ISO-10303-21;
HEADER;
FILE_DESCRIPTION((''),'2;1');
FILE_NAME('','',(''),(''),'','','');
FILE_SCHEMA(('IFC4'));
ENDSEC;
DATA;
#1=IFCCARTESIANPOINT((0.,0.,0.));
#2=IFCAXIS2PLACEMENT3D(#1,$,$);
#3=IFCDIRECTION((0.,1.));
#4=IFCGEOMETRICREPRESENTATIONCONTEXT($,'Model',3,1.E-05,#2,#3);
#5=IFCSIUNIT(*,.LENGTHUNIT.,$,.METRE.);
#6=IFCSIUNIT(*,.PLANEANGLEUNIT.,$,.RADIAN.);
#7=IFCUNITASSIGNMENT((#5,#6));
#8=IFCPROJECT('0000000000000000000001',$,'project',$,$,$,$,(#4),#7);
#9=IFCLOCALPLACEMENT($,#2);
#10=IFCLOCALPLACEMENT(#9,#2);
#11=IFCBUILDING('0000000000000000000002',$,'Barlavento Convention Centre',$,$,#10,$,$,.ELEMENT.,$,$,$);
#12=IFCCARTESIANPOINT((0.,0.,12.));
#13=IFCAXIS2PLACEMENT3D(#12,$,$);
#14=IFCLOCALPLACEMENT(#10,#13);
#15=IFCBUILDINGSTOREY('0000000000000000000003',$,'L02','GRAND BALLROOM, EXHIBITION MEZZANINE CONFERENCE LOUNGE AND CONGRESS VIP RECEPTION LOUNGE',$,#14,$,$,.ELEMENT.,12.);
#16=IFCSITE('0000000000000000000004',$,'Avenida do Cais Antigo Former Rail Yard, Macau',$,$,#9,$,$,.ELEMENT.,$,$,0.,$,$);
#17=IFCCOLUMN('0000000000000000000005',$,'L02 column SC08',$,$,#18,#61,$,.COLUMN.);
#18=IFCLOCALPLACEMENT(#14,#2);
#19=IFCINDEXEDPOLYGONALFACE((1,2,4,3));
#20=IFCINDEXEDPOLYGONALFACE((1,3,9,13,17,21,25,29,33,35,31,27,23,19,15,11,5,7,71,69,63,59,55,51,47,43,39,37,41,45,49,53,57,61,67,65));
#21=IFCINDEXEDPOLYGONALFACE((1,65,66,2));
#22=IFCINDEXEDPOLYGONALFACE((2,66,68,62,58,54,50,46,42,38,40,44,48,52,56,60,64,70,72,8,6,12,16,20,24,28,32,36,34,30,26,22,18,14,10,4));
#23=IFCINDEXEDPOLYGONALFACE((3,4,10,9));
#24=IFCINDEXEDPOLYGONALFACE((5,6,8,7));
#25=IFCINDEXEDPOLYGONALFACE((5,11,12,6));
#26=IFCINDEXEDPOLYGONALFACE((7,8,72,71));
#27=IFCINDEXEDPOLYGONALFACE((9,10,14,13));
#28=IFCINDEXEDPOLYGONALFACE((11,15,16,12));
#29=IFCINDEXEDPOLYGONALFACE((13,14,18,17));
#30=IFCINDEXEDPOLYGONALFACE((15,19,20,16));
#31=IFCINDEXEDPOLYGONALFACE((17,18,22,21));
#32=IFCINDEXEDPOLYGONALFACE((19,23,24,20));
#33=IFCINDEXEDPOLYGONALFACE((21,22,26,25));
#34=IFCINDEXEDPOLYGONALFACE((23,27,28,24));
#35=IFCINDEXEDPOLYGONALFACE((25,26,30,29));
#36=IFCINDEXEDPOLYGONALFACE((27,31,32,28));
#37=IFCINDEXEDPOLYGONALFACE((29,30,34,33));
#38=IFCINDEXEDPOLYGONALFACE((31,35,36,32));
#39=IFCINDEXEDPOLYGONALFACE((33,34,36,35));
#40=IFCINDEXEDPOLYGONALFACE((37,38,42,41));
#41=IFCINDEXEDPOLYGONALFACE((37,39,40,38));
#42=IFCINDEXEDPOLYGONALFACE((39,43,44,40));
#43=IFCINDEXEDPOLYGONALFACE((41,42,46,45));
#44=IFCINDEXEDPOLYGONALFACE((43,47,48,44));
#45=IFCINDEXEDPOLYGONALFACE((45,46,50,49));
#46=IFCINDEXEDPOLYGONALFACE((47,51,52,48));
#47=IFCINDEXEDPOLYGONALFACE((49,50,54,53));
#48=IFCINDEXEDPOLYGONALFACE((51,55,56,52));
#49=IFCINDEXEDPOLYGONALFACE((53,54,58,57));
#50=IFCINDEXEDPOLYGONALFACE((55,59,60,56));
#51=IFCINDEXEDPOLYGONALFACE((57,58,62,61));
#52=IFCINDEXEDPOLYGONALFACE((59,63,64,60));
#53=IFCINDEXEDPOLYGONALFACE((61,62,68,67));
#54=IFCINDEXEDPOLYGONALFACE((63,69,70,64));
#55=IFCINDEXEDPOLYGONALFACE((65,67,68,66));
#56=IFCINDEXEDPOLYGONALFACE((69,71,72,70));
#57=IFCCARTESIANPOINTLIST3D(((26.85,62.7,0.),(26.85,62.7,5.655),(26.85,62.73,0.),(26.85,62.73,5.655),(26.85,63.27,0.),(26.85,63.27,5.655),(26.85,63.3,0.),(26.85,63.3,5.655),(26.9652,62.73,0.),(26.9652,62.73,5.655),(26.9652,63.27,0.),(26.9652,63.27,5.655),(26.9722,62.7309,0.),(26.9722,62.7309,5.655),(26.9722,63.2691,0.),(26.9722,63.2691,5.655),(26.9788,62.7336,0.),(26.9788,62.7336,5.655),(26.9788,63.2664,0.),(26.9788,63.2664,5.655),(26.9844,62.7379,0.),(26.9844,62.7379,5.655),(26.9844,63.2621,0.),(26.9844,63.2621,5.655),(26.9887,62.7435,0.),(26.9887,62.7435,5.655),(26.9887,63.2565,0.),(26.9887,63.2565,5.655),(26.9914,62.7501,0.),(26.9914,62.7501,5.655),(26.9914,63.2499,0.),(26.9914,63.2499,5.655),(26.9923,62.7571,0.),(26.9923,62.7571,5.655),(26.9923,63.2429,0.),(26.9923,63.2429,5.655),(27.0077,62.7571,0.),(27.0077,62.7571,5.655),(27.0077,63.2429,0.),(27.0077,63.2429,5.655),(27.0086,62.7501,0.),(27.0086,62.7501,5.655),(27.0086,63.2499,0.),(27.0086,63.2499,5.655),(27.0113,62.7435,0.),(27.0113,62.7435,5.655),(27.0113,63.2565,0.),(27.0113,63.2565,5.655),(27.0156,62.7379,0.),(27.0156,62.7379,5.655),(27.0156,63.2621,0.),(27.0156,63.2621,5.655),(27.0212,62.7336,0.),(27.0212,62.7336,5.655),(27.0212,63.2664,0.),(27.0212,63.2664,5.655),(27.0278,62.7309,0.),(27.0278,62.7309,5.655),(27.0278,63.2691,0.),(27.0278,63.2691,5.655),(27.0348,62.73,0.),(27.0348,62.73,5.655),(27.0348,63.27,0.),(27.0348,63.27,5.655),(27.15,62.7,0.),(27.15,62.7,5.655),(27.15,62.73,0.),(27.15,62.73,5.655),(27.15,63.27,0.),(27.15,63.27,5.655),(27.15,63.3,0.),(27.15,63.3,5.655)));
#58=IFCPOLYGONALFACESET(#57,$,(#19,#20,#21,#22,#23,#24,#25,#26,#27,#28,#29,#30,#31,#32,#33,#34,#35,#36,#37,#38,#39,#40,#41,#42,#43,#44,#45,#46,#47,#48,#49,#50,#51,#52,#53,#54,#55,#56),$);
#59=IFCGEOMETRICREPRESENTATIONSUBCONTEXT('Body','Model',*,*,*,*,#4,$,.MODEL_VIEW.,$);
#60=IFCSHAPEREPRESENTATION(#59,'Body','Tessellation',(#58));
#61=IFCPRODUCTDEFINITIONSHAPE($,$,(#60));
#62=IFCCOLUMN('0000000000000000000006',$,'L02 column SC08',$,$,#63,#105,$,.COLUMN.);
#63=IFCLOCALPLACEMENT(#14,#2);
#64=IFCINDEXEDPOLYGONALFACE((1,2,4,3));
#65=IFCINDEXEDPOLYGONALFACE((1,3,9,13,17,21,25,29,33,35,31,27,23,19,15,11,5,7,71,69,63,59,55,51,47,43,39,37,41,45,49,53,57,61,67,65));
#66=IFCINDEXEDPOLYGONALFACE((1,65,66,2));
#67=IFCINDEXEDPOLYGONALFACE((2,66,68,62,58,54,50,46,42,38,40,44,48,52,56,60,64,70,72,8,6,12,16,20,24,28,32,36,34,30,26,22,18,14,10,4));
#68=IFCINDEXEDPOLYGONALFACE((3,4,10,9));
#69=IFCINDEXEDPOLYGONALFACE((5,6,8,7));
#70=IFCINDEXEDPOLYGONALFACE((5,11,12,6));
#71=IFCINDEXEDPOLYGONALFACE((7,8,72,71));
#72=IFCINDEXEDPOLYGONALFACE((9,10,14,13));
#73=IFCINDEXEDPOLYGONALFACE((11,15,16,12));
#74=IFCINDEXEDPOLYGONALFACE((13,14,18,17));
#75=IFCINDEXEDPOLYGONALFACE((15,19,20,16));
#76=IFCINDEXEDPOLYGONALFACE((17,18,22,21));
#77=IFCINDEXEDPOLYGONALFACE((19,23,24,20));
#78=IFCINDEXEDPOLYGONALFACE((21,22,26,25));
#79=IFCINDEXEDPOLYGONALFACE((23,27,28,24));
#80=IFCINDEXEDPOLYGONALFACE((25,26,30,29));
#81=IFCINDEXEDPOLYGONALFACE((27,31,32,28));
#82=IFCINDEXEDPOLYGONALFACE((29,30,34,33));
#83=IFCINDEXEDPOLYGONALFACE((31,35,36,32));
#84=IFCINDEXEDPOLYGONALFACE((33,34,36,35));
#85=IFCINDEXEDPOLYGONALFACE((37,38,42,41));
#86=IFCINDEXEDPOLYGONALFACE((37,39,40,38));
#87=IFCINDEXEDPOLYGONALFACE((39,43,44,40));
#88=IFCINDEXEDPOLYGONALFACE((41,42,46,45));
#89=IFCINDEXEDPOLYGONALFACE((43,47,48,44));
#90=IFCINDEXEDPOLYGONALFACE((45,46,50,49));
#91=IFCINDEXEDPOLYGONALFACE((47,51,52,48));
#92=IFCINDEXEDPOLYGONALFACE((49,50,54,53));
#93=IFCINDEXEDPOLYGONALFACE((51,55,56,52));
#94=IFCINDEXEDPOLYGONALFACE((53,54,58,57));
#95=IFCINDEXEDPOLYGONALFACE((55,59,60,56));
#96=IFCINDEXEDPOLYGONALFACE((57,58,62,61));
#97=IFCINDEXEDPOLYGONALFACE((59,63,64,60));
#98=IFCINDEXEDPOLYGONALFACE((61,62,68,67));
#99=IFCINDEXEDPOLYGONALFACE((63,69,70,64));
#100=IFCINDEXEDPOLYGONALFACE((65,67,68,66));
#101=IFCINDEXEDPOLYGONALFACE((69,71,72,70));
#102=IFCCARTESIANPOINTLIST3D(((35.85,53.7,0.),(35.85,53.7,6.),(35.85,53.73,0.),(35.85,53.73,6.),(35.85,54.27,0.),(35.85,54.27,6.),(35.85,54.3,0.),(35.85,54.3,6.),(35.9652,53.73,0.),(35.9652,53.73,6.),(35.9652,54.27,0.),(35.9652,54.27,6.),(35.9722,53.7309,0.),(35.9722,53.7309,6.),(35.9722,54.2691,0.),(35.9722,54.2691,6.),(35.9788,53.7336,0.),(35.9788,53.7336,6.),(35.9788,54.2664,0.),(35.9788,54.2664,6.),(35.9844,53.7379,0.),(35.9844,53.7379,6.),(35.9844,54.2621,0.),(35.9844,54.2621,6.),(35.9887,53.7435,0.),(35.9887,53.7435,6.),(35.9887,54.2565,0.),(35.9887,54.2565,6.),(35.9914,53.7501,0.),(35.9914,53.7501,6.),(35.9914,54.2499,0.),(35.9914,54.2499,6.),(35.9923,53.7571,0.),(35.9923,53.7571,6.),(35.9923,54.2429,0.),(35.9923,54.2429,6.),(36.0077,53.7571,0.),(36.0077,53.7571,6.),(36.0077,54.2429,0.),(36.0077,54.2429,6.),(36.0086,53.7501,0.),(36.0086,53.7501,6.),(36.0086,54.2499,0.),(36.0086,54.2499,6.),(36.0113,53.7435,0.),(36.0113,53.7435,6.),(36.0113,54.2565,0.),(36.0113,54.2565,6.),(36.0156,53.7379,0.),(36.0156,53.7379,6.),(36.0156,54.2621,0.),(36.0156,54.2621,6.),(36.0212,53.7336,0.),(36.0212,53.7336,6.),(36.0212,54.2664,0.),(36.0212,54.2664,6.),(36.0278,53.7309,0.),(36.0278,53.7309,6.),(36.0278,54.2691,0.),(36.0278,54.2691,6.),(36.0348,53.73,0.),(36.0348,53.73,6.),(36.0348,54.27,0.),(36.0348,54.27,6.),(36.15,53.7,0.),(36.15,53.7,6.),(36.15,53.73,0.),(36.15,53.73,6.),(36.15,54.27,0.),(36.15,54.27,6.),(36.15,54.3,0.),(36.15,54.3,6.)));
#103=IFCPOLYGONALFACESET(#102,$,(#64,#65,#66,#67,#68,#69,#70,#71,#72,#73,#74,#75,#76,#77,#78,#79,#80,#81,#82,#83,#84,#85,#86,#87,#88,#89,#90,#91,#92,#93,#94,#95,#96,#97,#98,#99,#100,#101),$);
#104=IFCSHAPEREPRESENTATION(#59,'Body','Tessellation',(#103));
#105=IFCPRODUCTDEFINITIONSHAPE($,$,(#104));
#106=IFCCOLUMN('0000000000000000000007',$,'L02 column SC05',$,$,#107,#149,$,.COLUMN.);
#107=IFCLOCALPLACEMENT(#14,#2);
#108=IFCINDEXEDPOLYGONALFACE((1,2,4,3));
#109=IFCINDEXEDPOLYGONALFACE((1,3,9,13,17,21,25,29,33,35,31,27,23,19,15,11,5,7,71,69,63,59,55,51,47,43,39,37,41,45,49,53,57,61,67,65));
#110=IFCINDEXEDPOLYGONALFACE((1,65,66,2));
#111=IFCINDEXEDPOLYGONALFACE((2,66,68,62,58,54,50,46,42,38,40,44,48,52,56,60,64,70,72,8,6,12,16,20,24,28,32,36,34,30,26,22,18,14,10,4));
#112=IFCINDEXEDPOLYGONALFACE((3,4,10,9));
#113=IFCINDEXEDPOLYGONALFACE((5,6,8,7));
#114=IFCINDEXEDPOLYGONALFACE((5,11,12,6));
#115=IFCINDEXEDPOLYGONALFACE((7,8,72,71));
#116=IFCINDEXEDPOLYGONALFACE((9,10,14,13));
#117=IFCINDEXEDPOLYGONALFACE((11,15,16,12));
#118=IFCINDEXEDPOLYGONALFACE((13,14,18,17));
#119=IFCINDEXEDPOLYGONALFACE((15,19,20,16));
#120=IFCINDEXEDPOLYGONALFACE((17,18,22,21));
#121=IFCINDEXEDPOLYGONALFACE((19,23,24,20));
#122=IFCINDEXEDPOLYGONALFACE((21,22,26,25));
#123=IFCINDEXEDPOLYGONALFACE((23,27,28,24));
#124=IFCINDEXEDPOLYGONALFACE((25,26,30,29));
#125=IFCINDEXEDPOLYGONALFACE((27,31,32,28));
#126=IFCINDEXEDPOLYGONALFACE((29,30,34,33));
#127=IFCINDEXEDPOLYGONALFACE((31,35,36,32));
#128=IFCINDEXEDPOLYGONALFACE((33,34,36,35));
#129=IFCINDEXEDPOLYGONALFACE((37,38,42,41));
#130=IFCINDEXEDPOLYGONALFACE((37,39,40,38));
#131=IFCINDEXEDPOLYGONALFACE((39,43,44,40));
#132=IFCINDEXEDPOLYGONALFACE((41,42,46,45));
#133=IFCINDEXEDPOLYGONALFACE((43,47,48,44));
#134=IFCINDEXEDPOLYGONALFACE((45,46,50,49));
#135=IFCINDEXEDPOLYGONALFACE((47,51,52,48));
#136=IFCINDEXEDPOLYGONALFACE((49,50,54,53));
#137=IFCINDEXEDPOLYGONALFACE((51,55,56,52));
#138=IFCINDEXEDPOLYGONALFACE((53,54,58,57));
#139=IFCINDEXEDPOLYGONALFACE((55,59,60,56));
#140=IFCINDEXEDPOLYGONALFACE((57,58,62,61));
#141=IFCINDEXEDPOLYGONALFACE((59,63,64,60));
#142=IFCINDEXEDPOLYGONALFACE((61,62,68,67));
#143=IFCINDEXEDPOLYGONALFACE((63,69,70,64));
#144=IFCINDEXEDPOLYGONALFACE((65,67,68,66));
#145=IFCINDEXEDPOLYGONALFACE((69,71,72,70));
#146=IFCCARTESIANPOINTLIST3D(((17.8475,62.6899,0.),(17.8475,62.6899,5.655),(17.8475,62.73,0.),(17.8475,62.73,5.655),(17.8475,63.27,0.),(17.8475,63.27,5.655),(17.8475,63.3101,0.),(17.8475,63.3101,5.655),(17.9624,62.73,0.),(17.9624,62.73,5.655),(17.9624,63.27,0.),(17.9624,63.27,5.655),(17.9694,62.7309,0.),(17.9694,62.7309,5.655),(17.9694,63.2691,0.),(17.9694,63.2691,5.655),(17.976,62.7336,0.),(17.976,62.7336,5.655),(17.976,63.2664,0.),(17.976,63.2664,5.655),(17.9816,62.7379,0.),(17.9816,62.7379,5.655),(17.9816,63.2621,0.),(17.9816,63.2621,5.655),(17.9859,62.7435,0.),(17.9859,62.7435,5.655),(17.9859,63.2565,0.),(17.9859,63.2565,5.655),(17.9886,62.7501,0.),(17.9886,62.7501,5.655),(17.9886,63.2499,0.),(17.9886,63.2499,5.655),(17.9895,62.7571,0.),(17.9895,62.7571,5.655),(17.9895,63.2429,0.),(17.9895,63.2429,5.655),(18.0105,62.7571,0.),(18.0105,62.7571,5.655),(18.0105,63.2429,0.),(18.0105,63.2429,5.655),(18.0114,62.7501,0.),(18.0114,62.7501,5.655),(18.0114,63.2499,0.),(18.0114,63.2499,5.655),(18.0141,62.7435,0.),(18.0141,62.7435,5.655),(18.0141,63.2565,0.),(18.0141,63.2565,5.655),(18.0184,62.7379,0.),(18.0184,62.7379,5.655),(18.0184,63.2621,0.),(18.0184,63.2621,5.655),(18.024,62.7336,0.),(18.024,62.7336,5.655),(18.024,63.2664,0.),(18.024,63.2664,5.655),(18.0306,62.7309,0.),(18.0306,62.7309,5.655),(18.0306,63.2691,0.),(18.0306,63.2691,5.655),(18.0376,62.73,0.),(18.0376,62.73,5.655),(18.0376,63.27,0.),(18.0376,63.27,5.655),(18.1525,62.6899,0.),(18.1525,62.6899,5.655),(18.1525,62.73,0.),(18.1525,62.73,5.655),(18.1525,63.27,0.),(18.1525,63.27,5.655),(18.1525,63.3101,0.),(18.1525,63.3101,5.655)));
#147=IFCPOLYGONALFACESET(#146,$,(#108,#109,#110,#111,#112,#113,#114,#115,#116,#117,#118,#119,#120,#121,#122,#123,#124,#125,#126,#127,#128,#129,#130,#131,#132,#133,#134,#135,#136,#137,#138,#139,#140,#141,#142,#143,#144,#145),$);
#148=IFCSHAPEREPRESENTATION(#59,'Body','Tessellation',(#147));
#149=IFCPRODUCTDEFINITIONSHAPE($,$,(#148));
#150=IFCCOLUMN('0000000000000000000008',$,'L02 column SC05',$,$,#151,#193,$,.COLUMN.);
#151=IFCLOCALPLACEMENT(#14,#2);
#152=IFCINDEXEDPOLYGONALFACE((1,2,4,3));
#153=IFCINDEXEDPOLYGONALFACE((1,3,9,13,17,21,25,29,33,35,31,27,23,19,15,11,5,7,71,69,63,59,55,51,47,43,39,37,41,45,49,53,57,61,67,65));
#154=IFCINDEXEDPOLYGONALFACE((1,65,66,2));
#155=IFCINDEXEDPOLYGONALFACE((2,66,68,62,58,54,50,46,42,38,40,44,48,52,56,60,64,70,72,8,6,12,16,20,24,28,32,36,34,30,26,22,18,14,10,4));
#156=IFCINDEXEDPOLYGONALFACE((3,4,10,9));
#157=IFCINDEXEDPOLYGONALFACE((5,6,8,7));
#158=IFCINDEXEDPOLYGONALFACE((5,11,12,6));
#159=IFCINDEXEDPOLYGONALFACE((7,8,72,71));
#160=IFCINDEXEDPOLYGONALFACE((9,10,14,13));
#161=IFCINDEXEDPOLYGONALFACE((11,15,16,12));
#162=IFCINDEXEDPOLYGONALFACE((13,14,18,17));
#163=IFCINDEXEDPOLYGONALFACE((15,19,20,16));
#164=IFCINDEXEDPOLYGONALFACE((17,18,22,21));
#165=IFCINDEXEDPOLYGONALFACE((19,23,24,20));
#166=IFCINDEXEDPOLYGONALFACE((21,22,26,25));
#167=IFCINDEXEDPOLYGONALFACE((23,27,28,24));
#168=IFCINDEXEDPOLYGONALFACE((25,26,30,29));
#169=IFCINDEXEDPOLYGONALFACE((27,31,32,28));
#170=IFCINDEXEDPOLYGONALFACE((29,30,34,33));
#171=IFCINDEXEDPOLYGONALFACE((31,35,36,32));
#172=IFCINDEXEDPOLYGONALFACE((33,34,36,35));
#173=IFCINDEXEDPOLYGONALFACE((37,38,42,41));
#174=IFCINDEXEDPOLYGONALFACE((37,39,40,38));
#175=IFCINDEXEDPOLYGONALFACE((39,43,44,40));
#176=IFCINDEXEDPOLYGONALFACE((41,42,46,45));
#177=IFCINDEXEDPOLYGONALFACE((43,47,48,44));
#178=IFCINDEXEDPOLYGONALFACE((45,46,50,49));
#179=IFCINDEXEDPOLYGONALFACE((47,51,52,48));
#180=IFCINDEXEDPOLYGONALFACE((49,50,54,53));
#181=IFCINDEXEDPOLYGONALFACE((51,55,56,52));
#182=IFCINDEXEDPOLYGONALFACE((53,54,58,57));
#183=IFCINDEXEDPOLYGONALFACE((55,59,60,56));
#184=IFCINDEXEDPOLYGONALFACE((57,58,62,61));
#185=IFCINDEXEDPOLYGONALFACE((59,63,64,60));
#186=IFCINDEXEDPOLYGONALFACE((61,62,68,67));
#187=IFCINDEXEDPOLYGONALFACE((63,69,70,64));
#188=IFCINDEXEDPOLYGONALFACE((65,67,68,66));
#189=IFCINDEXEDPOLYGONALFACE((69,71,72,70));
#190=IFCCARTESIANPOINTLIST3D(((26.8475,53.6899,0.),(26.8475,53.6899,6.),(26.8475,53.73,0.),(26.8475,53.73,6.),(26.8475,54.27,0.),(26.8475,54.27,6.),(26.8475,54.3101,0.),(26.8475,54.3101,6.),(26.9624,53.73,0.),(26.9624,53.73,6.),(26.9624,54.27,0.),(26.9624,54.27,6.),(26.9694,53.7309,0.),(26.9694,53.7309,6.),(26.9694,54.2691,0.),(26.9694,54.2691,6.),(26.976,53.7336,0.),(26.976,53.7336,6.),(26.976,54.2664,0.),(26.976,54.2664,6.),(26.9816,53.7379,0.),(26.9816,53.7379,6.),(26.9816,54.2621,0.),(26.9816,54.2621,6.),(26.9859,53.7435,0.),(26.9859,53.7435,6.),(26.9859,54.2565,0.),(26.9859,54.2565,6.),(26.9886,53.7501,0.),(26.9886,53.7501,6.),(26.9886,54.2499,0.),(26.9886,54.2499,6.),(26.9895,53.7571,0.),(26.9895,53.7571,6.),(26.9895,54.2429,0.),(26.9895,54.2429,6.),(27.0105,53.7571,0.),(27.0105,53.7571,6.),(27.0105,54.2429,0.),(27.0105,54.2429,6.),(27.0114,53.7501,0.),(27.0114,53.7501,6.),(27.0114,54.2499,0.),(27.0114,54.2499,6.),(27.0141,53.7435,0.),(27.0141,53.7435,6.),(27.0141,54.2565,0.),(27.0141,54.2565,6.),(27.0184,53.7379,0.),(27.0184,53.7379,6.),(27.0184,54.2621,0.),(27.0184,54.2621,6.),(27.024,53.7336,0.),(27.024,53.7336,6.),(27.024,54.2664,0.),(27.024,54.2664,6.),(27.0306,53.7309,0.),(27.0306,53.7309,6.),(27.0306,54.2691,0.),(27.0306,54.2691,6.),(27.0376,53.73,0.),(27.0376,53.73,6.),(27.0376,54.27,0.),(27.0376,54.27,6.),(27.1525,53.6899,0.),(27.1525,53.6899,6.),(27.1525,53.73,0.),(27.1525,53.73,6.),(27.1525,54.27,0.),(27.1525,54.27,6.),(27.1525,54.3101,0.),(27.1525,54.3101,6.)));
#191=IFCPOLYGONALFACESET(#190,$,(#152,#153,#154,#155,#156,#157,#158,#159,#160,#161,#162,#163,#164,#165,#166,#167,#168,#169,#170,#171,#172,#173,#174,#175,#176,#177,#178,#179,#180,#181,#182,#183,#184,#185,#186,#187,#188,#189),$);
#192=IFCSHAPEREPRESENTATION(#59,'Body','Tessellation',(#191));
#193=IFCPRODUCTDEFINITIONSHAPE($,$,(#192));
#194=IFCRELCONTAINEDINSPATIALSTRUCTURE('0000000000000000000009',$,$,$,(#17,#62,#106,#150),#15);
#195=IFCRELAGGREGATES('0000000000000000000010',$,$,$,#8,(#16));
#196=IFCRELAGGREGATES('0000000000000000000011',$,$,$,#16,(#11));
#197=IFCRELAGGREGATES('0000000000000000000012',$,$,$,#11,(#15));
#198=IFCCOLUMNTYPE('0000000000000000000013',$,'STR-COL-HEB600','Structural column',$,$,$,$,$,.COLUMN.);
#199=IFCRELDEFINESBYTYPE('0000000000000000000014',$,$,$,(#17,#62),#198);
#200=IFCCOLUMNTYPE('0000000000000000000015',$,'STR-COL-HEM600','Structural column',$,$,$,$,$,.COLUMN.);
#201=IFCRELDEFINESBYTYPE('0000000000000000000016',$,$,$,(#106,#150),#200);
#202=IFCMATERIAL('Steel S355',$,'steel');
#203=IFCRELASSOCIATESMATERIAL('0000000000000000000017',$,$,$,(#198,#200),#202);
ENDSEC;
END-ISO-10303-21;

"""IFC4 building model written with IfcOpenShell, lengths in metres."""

from ifc_helpers import new_model, si_unit, direction, frame, origin, origin_2d, place, context, subcontext, project, spatial, i_section, extrude, material, material_profile, profile_set, type_object, element, save


model = new_model("IFC4")

# Units and contexts
model_context = context("Model", 3, precision=1e-05, world=origin(), true_north=direction((0.0, 1.0)))
body_context = subcontext(model_context, "Body", "Model", "MODEL_VIEW")
ifc_project = project(units=[si_unit("LENGTHUNIT", "METRE"), si_unit("PLANEANGLEUNIT", "RADIAN")], contexts=[model_context])

# Site, building, storey
site_placement = place(None, origin())
site = spatial("IfcSite", under=ifc_project, at=site_placement, Name="Avenida do Cais Antigo Former Rail Yard, Macau", CompositionType="ELEMENT", RefElevation=0.0)
building_placement = place(site_placement, origin())
building = spatial("IfcBuilding", under=site, at=building_placement, Name="Barlavento Convention Centre", CompositionType="ELEMENT")
storey_placement = place(building_placement, frame((0.0, 0.0, 12.0)))
storey = spatial("IfcBuildingStorey", under=building, at=storey_placement, Name="L02", Description="GRAND BALLROOM, EXHIBITION MEZZANINE CONFERENCE LOUNGE AND CONGRESS VIP RECEPTION LOUNGE", CompositionType="ELEMENT", Elevation=12.0)

# Columns
ifc_material_1 = material(Name="Steel S355", Category="steel")
ifc_material_profile_1 = material_profile(ifc_material_1, i_section(OverallWidth=0.3, OverallDepth=0.6001, WebThickness=0.0154, FlangeThickness=0.03, FilletRadius=0.0271, at=origin_2d()), Name="HEB 600")
ifc_profile_set_1 = profile_set([ifc_material_profile_1], Name="Steel S355")
column_type_1 = type_object("IfcColumnType", Name="STR-COL-HEB600", Description="Structural column", PredefinedType="COLUMN", material=ifc_profile_set_1)
column_1_placement = place(storey_placement, frame((27.0, 63.0, 0.0), z_axis=(0.0, 0.0, 1.0), x_axis=(1.0, 0.0, 0.0)))
element("IfcColumn", 1, at=column_1_placement, inside=storey, type_object=column_type_1, Name="L02 column SC08", PredefinedType="COLUMN", context=body_context, shape_type="SweptSolid", body=[
    extrude(i_section(OverallWidth=0.3, OverallDepth=0.6001, WebThickness=0.0154, FlangeThickness=0.03, FilletRadius=0.0271, at=origin_2d()), origin(), (0.0, 0.0, 1.0), 5.655),
])
column_2_placement = place(storey_placement, frame((36.0, 54.0, 0.0), z_axis=(0.0, 0.0, 1.0), x_axis=(1.0, 0.0, 0.0)))
element("IfcColumn", 2, at=column_2_placement, inside=storey, type_object=column_type_1, Name="L02 column SC08", PredefinedType="COLUMN", context=body_context, shape_type="SweptSolid", body=[
    extrude(i_section(OverallWidth=0.3, OverallDepth=0.6001, WebThickness=0.0154, FlangeThickness=0.03, FilletRadius=0.0271, at=origin_2d()), origin(), (0.0, 0.0, 1.0), 6.0),
])
ifc_material_profile_2 = material_profile(ifc_material_1, i_section(OverallWidth=0.3049, OverallDepth=0.6201, WebThickness=0.021, FlangeThickness=0.04, FilletRadius=0.0271, at=origin_2d()), Name="HEM 600")
ifc_profile_set_2 = profile_set([ifc_material_profile_2], Name="Steel S355")
column_type_2 = type_object("IfcColumnType", Name="STR-COL-HEM600", Description="Structural column", PredefinedType="COLUMN", material=ifc_profile_set_2)
column_3_placement = place(storey_placement, frame((18.0, 63.0, 0.0), z_axis=(0.0, 0.0, 1.0), x_axis=(1.0, 0.0, 0.0)))
element("IfcColumn", 3, at=column_3_placement, inside=storey, type_object=column_type_2, Name="L02 column SC05", PredefinedType="COLUMN", context=body_context, shape_type="SweptSolid", body=[
    extrude(i_section(OverallWidth=0.3049, OverallDepth=0.6201, WebThickness=0.021, FlangeThickness=0.04, FilletRadius=0.0271, at=origin_2d()), origin(), (0.0, 0.0, 1.0), 5.655),
])
column_4_placement = place(storey_placement, frame((27.0, 54.0, 0.0), z_axis=(0.0, 0.0, 1.0), x_axis=(1.0, 0.0, 0.0)))
element("IfcColumn", 4, at=column_4_placement, inside=storey, type_object=column_type_2, Name="L02 column SC05", PredefinedType="COLUMN", context=body_context, shape_type="SweptSolid", body=[
    extrude(i_section(OverallWidth=0.3049, OverallDepth=0.6201, WebThickness=0.021, FlangeThickness=0.04, FilletRadius=0.0271, at=origin_2d()), origin(), (0.0, 0.0, 1.0), 6.0),
])

save(model, "model.ifc")
